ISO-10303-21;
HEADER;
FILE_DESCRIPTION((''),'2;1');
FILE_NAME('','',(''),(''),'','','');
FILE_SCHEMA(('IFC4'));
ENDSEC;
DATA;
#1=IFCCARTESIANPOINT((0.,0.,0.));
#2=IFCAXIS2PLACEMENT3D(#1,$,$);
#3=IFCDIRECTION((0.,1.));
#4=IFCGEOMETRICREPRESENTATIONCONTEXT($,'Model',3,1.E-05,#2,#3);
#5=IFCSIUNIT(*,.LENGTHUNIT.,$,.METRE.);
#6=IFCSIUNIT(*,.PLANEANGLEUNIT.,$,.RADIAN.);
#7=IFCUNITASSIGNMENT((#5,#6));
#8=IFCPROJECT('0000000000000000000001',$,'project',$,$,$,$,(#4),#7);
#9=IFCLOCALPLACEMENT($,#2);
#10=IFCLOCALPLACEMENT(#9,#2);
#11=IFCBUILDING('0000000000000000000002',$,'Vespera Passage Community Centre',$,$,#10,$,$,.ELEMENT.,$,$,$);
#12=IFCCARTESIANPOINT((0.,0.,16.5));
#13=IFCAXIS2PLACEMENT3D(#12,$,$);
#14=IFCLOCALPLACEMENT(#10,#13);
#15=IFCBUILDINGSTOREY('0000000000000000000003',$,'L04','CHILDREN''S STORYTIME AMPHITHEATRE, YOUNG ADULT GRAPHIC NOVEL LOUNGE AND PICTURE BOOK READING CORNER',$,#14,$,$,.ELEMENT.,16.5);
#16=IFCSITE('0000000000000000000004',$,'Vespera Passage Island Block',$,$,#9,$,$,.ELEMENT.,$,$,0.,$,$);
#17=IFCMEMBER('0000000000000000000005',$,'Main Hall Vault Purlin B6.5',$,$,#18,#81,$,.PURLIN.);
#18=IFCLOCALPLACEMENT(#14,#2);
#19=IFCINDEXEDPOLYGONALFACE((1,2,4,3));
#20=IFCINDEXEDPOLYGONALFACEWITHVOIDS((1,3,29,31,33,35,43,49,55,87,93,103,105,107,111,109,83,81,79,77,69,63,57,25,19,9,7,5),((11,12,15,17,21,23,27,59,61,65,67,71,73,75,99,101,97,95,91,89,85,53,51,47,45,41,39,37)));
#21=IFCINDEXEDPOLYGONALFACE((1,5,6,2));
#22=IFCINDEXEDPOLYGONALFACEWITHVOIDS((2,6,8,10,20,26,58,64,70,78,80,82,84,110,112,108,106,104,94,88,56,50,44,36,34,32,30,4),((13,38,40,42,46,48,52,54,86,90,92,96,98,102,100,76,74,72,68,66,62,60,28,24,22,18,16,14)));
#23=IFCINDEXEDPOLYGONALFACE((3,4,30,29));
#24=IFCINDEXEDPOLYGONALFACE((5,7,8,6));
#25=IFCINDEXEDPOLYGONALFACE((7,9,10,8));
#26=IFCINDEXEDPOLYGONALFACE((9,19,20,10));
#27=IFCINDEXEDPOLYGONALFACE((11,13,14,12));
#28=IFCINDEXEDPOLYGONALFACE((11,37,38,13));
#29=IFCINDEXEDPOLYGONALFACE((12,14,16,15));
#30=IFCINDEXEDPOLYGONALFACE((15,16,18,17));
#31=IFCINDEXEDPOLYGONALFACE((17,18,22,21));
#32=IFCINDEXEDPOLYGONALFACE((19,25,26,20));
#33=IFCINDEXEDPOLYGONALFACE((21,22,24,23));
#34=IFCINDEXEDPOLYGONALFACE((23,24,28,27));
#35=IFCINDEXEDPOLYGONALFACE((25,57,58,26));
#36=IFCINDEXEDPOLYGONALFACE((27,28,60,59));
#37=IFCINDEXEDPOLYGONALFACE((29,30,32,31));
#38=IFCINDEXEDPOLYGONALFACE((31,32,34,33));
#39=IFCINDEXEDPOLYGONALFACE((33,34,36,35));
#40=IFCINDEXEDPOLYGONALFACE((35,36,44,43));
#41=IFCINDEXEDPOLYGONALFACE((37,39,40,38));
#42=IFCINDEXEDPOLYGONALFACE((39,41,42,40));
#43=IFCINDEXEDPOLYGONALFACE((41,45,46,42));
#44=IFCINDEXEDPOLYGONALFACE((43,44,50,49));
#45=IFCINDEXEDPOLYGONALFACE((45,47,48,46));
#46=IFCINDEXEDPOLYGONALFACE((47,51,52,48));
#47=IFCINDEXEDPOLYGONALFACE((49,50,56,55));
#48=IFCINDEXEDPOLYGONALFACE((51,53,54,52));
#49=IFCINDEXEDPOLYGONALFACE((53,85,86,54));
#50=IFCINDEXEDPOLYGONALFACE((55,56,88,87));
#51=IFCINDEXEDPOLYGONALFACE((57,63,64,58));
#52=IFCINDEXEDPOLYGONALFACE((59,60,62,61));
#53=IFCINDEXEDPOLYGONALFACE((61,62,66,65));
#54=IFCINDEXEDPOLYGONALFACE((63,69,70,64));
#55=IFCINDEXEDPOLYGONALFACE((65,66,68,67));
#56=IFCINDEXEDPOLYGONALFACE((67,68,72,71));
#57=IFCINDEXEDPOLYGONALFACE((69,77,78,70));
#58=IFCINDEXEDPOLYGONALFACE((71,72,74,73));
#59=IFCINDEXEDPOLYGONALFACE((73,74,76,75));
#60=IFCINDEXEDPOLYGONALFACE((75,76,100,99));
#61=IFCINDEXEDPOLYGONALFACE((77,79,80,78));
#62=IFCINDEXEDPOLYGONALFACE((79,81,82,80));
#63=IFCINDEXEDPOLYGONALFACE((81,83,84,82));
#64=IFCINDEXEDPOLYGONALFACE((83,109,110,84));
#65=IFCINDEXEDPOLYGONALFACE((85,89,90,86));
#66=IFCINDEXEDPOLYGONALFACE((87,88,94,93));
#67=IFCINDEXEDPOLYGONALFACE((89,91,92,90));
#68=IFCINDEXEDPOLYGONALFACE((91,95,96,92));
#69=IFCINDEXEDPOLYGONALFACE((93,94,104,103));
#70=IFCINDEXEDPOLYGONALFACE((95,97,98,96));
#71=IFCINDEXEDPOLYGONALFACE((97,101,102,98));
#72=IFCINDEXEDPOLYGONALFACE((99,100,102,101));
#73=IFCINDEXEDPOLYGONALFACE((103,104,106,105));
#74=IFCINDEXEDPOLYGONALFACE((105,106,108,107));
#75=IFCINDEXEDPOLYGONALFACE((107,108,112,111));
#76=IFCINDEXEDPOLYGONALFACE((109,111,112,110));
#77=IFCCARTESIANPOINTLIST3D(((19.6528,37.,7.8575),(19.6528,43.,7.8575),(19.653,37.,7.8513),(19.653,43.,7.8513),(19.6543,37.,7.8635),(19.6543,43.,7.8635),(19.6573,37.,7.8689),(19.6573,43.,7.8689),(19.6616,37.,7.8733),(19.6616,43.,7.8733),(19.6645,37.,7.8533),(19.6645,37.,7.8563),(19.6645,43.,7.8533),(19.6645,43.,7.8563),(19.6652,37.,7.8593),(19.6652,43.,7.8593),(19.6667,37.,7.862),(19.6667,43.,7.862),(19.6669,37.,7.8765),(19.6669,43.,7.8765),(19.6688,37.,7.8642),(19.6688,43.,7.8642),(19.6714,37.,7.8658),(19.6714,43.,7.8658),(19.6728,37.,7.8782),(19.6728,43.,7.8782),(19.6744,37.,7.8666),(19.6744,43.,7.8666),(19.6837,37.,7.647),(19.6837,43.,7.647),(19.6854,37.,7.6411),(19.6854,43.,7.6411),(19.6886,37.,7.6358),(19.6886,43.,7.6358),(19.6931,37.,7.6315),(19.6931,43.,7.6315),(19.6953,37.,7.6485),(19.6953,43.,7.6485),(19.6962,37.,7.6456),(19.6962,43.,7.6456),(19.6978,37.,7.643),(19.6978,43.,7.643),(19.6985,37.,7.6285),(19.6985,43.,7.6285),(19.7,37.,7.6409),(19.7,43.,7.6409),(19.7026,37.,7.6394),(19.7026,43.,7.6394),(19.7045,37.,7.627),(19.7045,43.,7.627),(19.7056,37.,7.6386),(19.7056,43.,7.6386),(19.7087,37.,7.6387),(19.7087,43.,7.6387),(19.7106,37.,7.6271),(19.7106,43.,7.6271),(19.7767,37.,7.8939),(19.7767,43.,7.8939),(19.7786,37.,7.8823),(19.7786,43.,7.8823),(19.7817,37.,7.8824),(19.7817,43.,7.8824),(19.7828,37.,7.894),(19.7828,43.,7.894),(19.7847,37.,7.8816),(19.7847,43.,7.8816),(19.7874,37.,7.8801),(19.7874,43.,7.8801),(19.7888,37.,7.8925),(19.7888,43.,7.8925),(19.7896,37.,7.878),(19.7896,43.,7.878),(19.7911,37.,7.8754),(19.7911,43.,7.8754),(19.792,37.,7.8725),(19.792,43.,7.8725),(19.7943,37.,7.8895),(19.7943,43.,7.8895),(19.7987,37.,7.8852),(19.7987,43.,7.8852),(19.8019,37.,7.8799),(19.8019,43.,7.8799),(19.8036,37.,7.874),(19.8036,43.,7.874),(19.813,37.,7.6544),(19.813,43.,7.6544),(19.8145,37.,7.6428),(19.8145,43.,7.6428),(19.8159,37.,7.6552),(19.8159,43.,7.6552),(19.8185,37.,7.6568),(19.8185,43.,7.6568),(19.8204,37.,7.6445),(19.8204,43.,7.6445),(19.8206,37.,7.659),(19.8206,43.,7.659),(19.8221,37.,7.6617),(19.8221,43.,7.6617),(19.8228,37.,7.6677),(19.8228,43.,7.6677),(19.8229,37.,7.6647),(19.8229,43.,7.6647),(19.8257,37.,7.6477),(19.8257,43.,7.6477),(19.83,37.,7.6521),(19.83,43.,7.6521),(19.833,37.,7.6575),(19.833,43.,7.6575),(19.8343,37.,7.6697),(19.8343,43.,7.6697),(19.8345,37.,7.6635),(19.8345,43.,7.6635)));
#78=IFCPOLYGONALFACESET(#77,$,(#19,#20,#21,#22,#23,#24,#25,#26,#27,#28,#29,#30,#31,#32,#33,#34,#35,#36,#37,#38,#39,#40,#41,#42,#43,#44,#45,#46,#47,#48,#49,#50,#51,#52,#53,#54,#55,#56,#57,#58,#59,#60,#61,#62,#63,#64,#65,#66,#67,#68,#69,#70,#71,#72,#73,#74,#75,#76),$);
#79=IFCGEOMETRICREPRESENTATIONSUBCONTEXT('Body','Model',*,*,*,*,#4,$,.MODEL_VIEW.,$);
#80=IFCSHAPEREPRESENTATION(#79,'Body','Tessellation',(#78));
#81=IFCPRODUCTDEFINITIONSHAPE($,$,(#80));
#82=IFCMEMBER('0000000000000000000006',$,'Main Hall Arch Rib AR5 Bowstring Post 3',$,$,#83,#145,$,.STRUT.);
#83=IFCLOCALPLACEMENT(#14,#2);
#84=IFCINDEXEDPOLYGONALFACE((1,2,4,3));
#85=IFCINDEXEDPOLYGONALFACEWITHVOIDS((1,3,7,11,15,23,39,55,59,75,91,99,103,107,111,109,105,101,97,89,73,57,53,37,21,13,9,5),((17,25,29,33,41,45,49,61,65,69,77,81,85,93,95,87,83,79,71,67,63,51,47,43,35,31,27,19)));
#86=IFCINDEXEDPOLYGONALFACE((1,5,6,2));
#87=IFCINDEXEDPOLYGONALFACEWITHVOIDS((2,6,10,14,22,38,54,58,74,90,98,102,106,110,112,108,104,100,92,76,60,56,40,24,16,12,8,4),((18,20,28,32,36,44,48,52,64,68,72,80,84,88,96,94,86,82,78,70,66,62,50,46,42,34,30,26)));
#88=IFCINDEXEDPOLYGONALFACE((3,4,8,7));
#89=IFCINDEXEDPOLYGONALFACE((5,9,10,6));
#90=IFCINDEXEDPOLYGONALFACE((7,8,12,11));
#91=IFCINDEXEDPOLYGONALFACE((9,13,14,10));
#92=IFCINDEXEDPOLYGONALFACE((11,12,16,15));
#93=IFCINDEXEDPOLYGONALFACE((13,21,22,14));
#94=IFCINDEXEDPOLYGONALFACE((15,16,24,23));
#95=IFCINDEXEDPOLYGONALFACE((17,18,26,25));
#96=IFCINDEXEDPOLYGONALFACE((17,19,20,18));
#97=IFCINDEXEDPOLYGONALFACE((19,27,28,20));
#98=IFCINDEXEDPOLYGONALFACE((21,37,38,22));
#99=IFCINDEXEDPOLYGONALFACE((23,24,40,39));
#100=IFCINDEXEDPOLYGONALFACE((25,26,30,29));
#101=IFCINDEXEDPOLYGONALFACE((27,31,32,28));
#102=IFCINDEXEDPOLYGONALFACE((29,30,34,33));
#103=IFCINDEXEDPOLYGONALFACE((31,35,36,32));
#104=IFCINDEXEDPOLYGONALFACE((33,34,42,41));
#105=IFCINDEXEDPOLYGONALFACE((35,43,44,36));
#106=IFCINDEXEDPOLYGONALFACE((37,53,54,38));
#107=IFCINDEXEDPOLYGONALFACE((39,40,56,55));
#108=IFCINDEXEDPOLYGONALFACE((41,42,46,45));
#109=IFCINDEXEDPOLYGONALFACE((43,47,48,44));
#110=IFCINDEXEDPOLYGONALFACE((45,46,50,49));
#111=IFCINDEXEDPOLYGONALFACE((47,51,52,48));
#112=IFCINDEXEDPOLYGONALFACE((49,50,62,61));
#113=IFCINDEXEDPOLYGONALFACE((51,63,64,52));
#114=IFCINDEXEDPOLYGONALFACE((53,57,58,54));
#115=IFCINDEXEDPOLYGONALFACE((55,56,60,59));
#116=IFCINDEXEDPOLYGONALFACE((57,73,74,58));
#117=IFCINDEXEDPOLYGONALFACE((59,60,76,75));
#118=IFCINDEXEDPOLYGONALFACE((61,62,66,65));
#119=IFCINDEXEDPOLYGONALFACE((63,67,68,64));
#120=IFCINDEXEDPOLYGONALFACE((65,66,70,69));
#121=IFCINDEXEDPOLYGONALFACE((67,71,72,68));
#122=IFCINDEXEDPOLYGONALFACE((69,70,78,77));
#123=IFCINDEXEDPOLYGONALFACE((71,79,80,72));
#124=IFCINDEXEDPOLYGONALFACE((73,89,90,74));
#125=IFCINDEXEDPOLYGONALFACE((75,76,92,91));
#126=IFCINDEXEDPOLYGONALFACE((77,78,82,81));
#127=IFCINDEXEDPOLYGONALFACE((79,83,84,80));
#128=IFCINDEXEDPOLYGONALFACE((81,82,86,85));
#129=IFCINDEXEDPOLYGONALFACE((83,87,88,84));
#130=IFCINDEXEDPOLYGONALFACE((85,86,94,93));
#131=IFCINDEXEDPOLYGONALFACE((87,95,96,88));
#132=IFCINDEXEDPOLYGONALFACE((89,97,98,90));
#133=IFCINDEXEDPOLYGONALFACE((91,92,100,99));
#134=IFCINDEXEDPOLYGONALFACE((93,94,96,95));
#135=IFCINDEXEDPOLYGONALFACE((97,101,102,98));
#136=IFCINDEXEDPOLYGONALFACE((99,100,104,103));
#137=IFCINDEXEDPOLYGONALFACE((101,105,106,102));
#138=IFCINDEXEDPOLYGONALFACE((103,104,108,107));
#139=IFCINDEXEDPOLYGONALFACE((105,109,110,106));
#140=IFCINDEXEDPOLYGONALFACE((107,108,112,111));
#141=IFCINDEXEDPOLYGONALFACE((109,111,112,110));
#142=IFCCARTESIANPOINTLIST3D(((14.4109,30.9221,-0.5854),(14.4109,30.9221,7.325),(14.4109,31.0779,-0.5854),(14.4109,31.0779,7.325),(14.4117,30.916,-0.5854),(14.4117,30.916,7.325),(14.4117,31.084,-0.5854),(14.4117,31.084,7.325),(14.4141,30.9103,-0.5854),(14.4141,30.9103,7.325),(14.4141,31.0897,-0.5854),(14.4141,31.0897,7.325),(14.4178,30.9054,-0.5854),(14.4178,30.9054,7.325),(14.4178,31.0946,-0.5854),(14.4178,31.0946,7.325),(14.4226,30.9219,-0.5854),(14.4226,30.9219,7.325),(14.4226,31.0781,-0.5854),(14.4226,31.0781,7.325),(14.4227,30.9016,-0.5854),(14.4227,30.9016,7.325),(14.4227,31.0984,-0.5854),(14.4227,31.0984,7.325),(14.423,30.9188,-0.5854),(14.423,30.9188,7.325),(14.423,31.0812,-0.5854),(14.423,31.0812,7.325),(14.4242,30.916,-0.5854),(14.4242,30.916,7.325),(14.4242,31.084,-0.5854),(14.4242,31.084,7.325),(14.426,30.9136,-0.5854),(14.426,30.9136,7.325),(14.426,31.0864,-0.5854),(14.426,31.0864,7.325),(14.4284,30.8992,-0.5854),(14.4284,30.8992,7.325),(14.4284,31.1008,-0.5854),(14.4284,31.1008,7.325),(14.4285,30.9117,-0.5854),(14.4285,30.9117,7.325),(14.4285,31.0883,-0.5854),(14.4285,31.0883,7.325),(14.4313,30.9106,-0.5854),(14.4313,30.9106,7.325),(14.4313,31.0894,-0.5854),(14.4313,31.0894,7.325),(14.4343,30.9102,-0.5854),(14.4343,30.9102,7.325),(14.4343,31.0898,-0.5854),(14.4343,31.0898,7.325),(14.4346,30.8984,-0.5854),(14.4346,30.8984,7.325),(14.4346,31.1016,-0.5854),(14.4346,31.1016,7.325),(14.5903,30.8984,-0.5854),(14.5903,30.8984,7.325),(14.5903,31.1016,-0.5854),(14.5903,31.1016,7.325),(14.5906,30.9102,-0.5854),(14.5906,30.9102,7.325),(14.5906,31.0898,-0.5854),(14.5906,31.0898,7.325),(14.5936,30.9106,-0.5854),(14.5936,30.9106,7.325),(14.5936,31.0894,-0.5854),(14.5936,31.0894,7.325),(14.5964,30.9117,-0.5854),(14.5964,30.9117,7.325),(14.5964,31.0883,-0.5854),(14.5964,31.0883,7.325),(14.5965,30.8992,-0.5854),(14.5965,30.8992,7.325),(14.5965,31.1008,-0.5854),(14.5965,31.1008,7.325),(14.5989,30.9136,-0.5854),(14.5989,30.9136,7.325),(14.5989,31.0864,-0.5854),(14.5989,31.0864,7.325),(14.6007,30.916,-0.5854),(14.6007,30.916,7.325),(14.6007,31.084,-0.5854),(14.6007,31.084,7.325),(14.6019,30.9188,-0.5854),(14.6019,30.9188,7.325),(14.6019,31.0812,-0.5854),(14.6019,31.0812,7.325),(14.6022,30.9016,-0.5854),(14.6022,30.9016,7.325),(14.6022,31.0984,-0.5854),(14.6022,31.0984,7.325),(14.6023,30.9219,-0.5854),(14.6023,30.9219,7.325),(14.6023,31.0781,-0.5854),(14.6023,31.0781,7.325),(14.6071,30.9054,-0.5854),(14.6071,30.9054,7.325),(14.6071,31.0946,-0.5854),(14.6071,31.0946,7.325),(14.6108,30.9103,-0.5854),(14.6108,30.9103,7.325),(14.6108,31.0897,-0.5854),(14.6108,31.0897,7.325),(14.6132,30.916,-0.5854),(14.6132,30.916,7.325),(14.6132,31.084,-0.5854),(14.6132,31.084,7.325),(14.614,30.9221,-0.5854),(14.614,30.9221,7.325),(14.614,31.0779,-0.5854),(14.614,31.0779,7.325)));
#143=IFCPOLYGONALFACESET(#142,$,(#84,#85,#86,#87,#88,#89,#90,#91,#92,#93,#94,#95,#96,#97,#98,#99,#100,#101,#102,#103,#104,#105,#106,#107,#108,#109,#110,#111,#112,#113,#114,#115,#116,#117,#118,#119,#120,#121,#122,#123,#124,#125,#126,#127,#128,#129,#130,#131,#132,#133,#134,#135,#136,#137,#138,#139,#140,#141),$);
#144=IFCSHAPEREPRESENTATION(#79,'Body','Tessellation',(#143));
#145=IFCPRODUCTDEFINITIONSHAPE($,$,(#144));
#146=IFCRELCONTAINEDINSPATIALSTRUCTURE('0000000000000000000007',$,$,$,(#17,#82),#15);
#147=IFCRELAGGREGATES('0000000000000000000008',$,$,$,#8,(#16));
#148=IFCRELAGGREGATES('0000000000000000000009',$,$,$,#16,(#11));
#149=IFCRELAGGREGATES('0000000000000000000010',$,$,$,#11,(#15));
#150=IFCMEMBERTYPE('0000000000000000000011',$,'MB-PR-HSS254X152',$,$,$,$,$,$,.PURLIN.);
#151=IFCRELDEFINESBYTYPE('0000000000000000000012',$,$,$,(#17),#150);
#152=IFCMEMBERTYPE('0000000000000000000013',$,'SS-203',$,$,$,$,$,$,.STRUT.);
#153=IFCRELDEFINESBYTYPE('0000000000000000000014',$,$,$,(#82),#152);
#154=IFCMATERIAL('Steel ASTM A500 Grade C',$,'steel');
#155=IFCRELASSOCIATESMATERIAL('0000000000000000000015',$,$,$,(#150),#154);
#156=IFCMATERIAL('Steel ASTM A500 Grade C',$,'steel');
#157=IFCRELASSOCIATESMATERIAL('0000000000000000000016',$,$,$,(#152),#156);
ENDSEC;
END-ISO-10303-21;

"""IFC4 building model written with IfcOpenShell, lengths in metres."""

from ifc_helpers import new_model, si_unit, direction, frame, origin, origin_2d, place, context, subcontext, project, spatial, hollow_rectangle, extrude, material, material_profile, profile_set, type_object, element, save


model = new_model("IFC4")

# Units and contexts
model_context = context("Model", 3, precision=1e-05, world=origin(), true_north=direction((0.0, 1.0)))
body_context = subcontext(model_context, "Body", "Model", "MODEL_VIEW")
ifc_project = project(units=[si_unit("LENGTHUNIT", "METRE"), si_unit("PLANEANGLEUNIT", "RADIAN")], contexts=[model_context])

# Site, building, storey
site_placement = place(None, origin())
site = spatial("IfcSite", under=ifc_project, at=site_placement, Name="Vespera Passage Island Block", CompositionType="ELEMENT", RefElevation=0.0)
building_placement = place(site_placement, origin())
building = spatial("IfcBuilding", under=site, at=building_placement, Name="Vespera Passage Community Centre", CompositionType="ELEMENT")
storey_placement = place(building_placement, frame((0.0, 0.0, 16.5)))
storey = spatial("IfcBuildingStorey", under=building, at=storey_placement, Name="L04", Description="CHILDREN'S STORYTIME AMPHITHEATRE, YOUNG ADULT GRAPHIC NOVEL LOUNGE AND PICTURE BOOK READING CORNER", CompositionType="ELEMENT", Elevation=16.5)

# Members
ifc_material_1 = material(Name="Steel ASTM A500 Grade C", Category="steel")
ifc_material_profile_1 = material_profile(ifc_material_1, hollow_rectangle(XDim=0.1523, YDim=0.2539, WallThickness=0.0117, InnerFilletRadius=0.0117, OuterFilletRadius=0.0237, at=origin_2d()), Name="HSS254X152X12.7")
ifc_profile_set_1 = profile_set([ifc_material_profile_1], Name="Steel ASTM A500 Grade C")
member_type_1 = type_object("IfcMemberType", Name="MB-PR-HSS254X152", PredefinedType="PURLIN", material=ifc_profile_set_1)
for number, where, z_axis, x_axis, name in (
    (1, (19.7437, 37.0, 7.7605), (0.0, 1.0, 0.0), (-0.988858, 0.0, -0.148862), "Main Hall Vault Purlin B6.5"),
):
    element("IfcMember", number, at=place(storey_placement, frame(where, z_axis=z_axis, x_axis=x_axis)), inside=storey, type_object=member_type_1, Name=name, PredefinedType="PURLIN", context=body_context, shape_type="SweptSolid", body=[
        extrude(hollow_rectangle(XDim=0.1523, YDim=0.2539, WallThickness=0.0117, InnerFilletRadius=0.0117, OuterFilletRadius=0.0237, at=origin_2d()), origin(), (0.0, 0.0, 1.0), 6.0),
    ])
ifc_material_2 = material(Name="Steel ASTM A500 Grade C", Category="steel")
ifc_material_profile_2 = material_profile(ifc_material_2, hollow_rectangle(XDim=0.2031, YDim=0.2031, WallThickness=0.0117, InnerFilletRadius=0.0117, OuterFilletRadius=0.0237, at=origin_2d()), Name="HSS203X203X12.7")
ifc_profile_set_2 = profile_set([ifc_material_profile_2], Name="Steel ASTM A500 Grade C")
member_type_2 = type_object("IfcMemberType", Name="SS-203", PredefinedType="STRUT", material=ifc_profile_set_2)
member_1_placement = place(storey_placement, frame((14.5125, 31.0, -0.5854), z_axis=(0.0, 0.0, 1.0), x_axis=(1.0, 0.0, 0.0)))
element("IfcMember", 2, at=member_1_placement, inside=storey, type_object=member_type_2, Name="Main Hall Arch Rib AR5 Bowstring Post 3", PredefinedType="STRUT", context=body_context, shape_type="SweptSolid", body=[
    extrude(hollow_rectangle(XDim=0.2031, YDim=0.2031, WallThickness=0.0117, InnerFilletRadius=0.0117, OuterFilletRadius=0.0237, at=origin_2d()), origin(), (0.0, 0.0, 1.0), 7.9104),
])

save(model, "model.ifc")
